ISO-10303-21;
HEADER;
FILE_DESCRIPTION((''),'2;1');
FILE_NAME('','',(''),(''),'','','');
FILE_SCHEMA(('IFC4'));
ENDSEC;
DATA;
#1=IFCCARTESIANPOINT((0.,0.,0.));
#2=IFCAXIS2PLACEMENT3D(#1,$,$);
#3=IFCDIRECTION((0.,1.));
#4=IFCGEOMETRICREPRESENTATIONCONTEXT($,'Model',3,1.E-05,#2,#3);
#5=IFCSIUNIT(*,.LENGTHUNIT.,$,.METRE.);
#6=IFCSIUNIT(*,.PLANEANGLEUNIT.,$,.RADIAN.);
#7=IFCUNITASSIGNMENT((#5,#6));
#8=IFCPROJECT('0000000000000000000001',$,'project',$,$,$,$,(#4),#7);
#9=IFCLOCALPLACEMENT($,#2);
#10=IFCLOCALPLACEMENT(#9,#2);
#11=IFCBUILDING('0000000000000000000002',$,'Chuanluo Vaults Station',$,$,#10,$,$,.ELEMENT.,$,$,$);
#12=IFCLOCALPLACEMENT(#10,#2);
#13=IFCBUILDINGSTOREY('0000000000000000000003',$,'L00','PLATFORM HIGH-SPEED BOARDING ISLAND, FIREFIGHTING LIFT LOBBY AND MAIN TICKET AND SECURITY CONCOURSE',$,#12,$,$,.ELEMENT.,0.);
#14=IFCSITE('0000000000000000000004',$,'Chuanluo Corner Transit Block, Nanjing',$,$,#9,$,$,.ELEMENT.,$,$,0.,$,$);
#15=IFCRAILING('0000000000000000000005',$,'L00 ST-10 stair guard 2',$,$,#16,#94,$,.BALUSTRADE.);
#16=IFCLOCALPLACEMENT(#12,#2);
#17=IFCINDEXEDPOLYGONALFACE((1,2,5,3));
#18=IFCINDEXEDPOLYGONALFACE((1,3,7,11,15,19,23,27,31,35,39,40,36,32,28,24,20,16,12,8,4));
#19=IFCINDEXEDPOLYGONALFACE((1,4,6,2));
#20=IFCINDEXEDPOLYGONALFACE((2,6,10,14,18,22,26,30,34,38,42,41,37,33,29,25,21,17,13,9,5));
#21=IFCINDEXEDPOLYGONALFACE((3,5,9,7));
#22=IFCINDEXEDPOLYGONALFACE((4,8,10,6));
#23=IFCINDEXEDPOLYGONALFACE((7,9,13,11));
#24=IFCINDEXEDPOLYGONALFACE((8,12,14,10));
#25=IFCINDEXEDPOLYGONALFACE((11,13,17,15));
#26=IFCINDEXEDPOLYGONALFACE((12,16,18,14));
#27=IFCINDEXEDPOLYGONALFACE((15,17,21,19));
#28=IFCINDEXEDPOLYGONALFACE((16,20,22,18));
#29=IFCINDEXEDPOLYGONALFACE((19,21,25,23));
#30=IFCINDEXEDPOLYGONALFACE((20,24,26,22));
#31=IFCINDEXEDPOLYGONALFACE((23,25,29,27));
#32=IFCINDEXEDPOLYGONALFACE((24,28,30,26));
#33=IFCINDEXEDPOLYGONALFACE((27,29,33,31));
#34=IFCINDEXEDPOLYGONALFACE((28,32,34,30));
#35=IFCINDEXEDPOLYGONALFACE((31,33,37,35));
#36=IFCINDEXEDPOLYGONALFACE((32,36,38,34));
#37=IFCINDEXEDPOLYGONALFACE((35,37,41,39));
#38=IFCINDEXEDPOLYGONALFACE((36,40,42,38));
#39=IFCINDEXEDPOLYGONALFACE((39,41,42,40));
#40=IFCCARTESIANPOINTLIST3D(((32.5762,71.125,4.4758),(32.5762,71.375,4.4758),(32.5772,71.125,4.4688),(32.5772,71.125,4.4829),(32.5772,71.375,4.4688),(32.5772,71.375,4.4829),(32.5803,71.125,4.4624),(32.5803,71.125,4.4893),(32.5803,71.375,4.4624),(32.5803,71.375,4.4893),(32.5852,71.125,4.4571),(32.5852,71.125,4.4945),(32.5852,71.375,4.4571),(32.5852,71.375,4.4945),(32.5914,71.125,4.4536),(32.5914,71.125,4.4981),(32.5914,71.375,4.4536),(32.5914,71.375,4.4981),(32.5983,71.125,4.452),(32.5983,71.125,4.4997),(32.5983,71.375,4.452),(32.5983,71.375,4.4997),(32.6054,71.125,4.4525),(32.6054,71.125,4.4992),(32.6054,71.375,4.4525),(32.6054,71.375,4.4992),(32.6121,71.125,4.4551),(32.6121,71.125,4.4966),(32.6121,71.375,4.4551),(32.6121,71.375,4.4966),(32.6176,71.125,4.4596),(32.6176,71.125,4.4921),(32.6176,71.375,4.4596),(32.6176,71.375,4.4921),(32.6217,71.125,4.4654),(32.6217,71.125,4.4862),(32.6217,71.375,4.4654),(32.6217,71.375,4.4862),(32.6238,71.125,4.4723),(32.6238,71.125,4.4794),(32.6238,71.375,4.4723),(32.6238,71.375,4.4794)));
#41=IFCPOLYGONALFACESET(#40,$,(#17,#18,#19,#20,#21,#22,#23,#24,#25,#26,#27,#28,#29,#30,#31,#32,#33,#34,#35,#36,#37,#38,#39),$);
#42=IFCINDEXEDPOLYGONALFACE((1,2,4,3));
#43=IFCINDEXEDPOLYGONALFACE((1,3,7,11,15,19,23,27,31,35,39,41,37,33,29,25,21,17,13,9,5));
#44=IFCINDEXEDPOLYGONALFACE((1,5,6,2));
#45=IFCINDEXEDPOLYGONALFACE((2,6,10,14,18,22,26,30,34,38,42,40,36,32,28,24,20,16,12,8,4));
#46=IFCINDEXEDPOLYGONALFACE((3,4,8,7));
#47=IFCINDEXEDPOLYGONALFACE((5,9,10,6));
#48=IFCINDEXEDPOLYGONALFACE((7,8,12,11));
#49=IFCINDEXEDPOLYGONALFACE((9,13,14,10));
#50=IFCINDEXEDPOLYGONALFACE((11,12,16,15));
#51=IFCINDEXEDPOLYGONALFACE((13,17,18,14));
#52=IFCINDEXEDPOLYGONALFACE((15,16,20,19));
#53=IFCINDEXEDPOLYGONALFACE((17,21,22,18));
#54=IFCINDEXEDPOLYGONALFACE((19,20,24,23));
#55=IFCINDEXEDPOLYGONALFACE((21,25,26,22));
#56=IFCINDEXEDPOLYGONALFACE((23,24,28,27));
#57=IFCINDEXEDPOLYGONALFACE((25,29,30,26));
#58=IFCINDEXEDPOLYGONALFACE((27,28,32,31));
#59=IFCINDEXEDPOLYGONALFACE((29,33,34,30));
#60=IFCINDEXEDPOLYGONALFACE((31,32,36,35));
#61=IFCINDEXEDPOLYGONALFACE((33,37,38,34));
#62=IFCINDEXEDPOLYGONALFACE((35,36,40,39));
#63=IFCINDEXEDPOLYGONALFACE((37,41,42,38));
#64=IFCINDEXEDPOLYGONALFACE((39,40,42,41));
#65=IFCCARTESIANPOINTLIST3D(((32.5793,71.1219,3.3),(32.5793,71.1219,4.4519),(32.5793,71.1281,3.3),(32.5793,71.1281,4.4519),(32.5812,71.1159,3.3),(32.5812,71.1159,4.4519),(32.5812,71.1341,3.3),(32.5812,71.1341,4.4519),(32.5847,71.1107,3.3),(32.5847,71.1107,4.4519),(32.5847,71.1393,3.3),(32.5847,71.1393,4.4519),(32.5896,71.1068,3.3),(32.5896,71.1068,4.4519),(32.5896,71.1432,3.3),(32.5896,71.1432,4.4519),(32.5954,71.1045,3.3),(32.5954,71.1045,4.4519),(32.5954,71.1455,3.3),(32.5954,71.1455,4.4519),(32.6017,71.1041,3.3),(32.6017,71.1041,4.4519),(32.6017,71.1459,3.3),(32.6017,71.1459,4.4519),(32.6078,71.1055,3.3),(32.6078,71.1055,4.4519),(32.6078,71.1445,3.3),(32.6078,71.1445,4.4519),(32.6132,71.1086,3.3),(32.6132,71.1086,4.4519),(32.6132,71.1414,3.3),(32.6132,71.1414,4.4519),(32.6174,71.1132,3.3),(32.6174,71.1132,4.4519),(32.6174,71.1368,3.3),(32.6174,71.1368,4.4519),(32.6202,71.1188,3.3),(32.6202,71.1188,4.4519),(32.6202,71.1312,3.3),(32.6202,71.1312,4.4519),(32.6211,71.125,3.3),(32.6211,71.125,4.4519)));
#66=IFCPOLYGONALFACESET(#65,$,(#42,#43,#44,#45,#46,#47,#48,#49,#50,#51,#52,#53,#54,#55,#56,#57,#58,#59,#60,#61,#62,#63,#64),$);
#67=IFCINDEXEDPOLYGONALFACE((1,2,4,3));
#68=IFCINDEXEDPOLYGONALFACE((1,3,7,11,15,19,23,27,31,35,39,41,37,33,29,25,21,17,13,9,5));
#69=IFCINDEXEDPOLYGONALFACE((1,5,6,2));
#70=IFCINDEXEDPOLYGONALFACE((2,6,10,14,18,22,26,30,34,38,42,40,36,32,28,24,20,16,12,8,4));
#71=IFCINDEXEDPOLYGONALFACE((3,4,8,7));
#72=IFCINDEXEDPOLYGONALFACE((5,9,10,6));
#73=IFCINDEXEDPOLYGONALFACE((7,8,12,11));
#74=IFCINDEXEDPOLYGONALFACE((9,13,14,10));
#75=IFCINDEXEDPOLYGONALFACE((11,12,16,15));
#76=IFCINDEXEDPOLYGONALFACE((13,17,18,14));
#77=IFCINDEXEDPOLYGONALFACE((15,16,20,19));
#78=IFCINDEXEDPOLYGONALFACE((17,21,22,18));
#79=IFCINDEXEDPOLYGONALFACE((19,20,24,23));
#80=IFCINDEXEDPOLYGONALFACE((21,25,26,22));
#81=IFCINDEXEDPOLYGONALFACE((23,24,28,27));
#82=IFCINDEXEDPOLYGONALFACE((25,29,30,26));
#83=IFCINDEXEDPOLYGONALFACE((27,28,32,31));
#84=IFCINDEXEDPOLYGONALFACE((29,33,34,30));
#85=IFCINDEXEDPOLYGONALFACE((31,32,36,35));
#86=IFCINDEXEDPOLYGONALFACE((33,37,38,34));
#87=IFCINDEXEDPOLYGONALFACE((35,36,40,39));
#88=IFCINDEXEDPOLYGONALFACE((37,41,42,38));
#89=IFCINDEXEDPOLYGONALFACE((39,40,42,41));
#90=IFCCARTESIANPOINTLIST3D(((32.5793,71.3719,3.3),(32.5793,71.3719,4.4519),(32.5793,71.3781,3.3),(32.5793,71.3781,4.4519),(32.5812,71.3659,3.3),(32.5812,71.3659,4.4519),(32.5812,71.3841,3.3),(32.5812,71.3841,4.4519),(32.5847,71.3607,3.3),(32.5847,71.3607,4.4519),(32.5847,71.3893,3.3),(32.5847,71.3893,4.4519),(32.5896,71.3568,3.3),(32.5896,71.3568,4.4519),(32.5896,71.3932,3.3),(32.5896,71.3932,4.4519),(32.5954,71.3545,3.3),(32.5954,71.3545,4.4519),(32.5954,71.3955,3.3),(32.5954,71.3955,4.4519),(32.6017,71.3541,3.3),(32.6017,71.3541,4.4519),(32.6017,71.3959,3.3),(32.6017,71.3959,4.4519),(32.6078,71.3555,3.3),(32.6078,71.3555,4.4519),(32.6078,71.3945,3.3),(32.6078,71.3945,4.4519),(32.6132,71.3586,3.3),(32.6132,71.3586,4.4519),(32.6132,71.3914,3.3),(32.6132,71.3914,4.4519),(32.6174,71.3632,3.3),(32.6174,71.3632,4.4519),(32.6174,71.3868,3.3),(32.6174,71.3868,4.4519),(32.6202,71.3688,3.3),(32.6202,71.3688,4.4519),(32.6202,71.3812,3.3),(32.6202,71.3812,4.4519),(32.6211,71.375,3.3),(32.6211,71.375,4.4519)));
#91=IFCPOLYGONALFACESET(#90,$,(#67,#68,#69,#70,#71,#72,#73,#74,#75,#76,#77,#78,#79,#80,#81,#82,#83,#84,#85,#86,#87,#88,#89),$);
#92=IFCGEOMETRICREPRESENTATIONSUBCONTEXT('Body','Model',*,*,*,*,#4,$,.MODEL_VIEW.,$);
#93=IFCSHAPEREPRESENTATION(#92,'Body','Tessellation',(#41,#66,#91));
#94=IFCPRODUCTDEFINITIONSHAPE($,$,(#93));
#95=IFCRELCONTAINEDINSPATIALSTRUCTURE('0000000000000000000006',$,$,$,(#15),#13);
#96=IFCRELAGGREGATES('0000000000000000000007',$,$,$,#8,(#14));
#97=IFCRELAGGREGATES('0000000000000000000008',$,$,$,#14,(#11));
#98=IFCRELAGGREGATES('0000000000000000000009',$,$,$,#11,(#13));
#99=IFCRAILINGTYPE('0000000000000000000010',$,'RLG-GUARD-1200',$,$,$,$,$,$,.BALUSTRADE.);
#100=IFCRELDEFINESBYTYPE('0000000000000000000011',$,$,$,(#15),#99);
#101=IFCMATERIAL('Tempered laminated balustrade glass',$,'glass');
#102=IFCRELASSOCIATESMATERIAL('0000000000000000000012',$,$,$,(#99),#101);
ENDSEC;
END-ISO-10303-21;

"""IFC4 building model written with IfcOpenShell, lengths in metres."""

from ifc_helpers import new_model, si_unit, direction, frame, origin, origin_2d, place, context, subcontext, project, spatial, circle, extrude, material, type_object, element, save


model = new_model("IFC4")

# Units and contexts
model_context = context("Model", 3, precision=1e-05, world=origin(), true_north=direction((0.0, 1.0)))
body_context = subcontext(model_context, "Body", "Model", "MODEL_VIEW")
ifc_project = project(units=[si_unit("LENGTHUNIT", "METRE"), si_unit("PLANEANGLEUNIT", "RADIAN")], contexts=[model_context])

# Site, building, storey
site_placement = place(None, origin())
site = spatial("IfcSite", under=ifc_project, at=site_placement, Name="Chuanluo Corner Transit Block, Nanjing", CompositionType="ELEMENT", RefElevation=0.0)
building_placement = place(site_placement, origin())
building = spatial("IfcBuilding", under=site, at=building_placement, Name="Chuanluo Vaults Station", CompositionType="ELEMENT")
storey_placement = place(building_placement, origin())
storey = spatial("IfcBuildingStorey", under=building, at=storey_placement, Name="L00", Description="PLATFORM HIGH-SPEED BOARDING ISLAND, FIREFIGHTING LIFT LOBBY AND MAIN TICKET AND SECURITY CONCOURSE", CompositionType="ELEMENT", Elevation=0.0)

# Railing
ifc_material_1 = material(Name="Tempered laminated balustrade glass", Category="glass")
railing_type_1 = type_object("IfcRailingType", Name="RLG-GUARD-1200", PredefinedType="BALUSTRADE", material=ifc_material_1)
railing_1_placement = place(storey_placement, frame((32.6001, 71.125, 3.3)))
element("IfcRailing", 1, at=railing_1_placement, inside=storey, type_object=railing_type_1, Name="L00 ST-10 stair guard 2", PredefinedType="BALUSTRADE", context=body_context, shape_type="SweptSolid", body=[
    extrude(circle(Radius=0.0239, at=origin_2d()), frame((0.0, 0.0, 1.1758), z_axis=(0.0, 1.0, 0.0), x_axis=(-1.0, 0.0, 0.0)), (0.0, 0.0, 1.0), 0.25),
    extrude(circle(Radius=0.021, at=origin_2d()), origin(), (0.0, 0.0, 1.0), 1.1519),
    extrude(circle(Radius=0.021, at=origin_2d()), frame((0.0, 0.25, 0.0)), (0.0, 0.0, 1.0), 1.1519),
])

save(model, "model.ifc")
